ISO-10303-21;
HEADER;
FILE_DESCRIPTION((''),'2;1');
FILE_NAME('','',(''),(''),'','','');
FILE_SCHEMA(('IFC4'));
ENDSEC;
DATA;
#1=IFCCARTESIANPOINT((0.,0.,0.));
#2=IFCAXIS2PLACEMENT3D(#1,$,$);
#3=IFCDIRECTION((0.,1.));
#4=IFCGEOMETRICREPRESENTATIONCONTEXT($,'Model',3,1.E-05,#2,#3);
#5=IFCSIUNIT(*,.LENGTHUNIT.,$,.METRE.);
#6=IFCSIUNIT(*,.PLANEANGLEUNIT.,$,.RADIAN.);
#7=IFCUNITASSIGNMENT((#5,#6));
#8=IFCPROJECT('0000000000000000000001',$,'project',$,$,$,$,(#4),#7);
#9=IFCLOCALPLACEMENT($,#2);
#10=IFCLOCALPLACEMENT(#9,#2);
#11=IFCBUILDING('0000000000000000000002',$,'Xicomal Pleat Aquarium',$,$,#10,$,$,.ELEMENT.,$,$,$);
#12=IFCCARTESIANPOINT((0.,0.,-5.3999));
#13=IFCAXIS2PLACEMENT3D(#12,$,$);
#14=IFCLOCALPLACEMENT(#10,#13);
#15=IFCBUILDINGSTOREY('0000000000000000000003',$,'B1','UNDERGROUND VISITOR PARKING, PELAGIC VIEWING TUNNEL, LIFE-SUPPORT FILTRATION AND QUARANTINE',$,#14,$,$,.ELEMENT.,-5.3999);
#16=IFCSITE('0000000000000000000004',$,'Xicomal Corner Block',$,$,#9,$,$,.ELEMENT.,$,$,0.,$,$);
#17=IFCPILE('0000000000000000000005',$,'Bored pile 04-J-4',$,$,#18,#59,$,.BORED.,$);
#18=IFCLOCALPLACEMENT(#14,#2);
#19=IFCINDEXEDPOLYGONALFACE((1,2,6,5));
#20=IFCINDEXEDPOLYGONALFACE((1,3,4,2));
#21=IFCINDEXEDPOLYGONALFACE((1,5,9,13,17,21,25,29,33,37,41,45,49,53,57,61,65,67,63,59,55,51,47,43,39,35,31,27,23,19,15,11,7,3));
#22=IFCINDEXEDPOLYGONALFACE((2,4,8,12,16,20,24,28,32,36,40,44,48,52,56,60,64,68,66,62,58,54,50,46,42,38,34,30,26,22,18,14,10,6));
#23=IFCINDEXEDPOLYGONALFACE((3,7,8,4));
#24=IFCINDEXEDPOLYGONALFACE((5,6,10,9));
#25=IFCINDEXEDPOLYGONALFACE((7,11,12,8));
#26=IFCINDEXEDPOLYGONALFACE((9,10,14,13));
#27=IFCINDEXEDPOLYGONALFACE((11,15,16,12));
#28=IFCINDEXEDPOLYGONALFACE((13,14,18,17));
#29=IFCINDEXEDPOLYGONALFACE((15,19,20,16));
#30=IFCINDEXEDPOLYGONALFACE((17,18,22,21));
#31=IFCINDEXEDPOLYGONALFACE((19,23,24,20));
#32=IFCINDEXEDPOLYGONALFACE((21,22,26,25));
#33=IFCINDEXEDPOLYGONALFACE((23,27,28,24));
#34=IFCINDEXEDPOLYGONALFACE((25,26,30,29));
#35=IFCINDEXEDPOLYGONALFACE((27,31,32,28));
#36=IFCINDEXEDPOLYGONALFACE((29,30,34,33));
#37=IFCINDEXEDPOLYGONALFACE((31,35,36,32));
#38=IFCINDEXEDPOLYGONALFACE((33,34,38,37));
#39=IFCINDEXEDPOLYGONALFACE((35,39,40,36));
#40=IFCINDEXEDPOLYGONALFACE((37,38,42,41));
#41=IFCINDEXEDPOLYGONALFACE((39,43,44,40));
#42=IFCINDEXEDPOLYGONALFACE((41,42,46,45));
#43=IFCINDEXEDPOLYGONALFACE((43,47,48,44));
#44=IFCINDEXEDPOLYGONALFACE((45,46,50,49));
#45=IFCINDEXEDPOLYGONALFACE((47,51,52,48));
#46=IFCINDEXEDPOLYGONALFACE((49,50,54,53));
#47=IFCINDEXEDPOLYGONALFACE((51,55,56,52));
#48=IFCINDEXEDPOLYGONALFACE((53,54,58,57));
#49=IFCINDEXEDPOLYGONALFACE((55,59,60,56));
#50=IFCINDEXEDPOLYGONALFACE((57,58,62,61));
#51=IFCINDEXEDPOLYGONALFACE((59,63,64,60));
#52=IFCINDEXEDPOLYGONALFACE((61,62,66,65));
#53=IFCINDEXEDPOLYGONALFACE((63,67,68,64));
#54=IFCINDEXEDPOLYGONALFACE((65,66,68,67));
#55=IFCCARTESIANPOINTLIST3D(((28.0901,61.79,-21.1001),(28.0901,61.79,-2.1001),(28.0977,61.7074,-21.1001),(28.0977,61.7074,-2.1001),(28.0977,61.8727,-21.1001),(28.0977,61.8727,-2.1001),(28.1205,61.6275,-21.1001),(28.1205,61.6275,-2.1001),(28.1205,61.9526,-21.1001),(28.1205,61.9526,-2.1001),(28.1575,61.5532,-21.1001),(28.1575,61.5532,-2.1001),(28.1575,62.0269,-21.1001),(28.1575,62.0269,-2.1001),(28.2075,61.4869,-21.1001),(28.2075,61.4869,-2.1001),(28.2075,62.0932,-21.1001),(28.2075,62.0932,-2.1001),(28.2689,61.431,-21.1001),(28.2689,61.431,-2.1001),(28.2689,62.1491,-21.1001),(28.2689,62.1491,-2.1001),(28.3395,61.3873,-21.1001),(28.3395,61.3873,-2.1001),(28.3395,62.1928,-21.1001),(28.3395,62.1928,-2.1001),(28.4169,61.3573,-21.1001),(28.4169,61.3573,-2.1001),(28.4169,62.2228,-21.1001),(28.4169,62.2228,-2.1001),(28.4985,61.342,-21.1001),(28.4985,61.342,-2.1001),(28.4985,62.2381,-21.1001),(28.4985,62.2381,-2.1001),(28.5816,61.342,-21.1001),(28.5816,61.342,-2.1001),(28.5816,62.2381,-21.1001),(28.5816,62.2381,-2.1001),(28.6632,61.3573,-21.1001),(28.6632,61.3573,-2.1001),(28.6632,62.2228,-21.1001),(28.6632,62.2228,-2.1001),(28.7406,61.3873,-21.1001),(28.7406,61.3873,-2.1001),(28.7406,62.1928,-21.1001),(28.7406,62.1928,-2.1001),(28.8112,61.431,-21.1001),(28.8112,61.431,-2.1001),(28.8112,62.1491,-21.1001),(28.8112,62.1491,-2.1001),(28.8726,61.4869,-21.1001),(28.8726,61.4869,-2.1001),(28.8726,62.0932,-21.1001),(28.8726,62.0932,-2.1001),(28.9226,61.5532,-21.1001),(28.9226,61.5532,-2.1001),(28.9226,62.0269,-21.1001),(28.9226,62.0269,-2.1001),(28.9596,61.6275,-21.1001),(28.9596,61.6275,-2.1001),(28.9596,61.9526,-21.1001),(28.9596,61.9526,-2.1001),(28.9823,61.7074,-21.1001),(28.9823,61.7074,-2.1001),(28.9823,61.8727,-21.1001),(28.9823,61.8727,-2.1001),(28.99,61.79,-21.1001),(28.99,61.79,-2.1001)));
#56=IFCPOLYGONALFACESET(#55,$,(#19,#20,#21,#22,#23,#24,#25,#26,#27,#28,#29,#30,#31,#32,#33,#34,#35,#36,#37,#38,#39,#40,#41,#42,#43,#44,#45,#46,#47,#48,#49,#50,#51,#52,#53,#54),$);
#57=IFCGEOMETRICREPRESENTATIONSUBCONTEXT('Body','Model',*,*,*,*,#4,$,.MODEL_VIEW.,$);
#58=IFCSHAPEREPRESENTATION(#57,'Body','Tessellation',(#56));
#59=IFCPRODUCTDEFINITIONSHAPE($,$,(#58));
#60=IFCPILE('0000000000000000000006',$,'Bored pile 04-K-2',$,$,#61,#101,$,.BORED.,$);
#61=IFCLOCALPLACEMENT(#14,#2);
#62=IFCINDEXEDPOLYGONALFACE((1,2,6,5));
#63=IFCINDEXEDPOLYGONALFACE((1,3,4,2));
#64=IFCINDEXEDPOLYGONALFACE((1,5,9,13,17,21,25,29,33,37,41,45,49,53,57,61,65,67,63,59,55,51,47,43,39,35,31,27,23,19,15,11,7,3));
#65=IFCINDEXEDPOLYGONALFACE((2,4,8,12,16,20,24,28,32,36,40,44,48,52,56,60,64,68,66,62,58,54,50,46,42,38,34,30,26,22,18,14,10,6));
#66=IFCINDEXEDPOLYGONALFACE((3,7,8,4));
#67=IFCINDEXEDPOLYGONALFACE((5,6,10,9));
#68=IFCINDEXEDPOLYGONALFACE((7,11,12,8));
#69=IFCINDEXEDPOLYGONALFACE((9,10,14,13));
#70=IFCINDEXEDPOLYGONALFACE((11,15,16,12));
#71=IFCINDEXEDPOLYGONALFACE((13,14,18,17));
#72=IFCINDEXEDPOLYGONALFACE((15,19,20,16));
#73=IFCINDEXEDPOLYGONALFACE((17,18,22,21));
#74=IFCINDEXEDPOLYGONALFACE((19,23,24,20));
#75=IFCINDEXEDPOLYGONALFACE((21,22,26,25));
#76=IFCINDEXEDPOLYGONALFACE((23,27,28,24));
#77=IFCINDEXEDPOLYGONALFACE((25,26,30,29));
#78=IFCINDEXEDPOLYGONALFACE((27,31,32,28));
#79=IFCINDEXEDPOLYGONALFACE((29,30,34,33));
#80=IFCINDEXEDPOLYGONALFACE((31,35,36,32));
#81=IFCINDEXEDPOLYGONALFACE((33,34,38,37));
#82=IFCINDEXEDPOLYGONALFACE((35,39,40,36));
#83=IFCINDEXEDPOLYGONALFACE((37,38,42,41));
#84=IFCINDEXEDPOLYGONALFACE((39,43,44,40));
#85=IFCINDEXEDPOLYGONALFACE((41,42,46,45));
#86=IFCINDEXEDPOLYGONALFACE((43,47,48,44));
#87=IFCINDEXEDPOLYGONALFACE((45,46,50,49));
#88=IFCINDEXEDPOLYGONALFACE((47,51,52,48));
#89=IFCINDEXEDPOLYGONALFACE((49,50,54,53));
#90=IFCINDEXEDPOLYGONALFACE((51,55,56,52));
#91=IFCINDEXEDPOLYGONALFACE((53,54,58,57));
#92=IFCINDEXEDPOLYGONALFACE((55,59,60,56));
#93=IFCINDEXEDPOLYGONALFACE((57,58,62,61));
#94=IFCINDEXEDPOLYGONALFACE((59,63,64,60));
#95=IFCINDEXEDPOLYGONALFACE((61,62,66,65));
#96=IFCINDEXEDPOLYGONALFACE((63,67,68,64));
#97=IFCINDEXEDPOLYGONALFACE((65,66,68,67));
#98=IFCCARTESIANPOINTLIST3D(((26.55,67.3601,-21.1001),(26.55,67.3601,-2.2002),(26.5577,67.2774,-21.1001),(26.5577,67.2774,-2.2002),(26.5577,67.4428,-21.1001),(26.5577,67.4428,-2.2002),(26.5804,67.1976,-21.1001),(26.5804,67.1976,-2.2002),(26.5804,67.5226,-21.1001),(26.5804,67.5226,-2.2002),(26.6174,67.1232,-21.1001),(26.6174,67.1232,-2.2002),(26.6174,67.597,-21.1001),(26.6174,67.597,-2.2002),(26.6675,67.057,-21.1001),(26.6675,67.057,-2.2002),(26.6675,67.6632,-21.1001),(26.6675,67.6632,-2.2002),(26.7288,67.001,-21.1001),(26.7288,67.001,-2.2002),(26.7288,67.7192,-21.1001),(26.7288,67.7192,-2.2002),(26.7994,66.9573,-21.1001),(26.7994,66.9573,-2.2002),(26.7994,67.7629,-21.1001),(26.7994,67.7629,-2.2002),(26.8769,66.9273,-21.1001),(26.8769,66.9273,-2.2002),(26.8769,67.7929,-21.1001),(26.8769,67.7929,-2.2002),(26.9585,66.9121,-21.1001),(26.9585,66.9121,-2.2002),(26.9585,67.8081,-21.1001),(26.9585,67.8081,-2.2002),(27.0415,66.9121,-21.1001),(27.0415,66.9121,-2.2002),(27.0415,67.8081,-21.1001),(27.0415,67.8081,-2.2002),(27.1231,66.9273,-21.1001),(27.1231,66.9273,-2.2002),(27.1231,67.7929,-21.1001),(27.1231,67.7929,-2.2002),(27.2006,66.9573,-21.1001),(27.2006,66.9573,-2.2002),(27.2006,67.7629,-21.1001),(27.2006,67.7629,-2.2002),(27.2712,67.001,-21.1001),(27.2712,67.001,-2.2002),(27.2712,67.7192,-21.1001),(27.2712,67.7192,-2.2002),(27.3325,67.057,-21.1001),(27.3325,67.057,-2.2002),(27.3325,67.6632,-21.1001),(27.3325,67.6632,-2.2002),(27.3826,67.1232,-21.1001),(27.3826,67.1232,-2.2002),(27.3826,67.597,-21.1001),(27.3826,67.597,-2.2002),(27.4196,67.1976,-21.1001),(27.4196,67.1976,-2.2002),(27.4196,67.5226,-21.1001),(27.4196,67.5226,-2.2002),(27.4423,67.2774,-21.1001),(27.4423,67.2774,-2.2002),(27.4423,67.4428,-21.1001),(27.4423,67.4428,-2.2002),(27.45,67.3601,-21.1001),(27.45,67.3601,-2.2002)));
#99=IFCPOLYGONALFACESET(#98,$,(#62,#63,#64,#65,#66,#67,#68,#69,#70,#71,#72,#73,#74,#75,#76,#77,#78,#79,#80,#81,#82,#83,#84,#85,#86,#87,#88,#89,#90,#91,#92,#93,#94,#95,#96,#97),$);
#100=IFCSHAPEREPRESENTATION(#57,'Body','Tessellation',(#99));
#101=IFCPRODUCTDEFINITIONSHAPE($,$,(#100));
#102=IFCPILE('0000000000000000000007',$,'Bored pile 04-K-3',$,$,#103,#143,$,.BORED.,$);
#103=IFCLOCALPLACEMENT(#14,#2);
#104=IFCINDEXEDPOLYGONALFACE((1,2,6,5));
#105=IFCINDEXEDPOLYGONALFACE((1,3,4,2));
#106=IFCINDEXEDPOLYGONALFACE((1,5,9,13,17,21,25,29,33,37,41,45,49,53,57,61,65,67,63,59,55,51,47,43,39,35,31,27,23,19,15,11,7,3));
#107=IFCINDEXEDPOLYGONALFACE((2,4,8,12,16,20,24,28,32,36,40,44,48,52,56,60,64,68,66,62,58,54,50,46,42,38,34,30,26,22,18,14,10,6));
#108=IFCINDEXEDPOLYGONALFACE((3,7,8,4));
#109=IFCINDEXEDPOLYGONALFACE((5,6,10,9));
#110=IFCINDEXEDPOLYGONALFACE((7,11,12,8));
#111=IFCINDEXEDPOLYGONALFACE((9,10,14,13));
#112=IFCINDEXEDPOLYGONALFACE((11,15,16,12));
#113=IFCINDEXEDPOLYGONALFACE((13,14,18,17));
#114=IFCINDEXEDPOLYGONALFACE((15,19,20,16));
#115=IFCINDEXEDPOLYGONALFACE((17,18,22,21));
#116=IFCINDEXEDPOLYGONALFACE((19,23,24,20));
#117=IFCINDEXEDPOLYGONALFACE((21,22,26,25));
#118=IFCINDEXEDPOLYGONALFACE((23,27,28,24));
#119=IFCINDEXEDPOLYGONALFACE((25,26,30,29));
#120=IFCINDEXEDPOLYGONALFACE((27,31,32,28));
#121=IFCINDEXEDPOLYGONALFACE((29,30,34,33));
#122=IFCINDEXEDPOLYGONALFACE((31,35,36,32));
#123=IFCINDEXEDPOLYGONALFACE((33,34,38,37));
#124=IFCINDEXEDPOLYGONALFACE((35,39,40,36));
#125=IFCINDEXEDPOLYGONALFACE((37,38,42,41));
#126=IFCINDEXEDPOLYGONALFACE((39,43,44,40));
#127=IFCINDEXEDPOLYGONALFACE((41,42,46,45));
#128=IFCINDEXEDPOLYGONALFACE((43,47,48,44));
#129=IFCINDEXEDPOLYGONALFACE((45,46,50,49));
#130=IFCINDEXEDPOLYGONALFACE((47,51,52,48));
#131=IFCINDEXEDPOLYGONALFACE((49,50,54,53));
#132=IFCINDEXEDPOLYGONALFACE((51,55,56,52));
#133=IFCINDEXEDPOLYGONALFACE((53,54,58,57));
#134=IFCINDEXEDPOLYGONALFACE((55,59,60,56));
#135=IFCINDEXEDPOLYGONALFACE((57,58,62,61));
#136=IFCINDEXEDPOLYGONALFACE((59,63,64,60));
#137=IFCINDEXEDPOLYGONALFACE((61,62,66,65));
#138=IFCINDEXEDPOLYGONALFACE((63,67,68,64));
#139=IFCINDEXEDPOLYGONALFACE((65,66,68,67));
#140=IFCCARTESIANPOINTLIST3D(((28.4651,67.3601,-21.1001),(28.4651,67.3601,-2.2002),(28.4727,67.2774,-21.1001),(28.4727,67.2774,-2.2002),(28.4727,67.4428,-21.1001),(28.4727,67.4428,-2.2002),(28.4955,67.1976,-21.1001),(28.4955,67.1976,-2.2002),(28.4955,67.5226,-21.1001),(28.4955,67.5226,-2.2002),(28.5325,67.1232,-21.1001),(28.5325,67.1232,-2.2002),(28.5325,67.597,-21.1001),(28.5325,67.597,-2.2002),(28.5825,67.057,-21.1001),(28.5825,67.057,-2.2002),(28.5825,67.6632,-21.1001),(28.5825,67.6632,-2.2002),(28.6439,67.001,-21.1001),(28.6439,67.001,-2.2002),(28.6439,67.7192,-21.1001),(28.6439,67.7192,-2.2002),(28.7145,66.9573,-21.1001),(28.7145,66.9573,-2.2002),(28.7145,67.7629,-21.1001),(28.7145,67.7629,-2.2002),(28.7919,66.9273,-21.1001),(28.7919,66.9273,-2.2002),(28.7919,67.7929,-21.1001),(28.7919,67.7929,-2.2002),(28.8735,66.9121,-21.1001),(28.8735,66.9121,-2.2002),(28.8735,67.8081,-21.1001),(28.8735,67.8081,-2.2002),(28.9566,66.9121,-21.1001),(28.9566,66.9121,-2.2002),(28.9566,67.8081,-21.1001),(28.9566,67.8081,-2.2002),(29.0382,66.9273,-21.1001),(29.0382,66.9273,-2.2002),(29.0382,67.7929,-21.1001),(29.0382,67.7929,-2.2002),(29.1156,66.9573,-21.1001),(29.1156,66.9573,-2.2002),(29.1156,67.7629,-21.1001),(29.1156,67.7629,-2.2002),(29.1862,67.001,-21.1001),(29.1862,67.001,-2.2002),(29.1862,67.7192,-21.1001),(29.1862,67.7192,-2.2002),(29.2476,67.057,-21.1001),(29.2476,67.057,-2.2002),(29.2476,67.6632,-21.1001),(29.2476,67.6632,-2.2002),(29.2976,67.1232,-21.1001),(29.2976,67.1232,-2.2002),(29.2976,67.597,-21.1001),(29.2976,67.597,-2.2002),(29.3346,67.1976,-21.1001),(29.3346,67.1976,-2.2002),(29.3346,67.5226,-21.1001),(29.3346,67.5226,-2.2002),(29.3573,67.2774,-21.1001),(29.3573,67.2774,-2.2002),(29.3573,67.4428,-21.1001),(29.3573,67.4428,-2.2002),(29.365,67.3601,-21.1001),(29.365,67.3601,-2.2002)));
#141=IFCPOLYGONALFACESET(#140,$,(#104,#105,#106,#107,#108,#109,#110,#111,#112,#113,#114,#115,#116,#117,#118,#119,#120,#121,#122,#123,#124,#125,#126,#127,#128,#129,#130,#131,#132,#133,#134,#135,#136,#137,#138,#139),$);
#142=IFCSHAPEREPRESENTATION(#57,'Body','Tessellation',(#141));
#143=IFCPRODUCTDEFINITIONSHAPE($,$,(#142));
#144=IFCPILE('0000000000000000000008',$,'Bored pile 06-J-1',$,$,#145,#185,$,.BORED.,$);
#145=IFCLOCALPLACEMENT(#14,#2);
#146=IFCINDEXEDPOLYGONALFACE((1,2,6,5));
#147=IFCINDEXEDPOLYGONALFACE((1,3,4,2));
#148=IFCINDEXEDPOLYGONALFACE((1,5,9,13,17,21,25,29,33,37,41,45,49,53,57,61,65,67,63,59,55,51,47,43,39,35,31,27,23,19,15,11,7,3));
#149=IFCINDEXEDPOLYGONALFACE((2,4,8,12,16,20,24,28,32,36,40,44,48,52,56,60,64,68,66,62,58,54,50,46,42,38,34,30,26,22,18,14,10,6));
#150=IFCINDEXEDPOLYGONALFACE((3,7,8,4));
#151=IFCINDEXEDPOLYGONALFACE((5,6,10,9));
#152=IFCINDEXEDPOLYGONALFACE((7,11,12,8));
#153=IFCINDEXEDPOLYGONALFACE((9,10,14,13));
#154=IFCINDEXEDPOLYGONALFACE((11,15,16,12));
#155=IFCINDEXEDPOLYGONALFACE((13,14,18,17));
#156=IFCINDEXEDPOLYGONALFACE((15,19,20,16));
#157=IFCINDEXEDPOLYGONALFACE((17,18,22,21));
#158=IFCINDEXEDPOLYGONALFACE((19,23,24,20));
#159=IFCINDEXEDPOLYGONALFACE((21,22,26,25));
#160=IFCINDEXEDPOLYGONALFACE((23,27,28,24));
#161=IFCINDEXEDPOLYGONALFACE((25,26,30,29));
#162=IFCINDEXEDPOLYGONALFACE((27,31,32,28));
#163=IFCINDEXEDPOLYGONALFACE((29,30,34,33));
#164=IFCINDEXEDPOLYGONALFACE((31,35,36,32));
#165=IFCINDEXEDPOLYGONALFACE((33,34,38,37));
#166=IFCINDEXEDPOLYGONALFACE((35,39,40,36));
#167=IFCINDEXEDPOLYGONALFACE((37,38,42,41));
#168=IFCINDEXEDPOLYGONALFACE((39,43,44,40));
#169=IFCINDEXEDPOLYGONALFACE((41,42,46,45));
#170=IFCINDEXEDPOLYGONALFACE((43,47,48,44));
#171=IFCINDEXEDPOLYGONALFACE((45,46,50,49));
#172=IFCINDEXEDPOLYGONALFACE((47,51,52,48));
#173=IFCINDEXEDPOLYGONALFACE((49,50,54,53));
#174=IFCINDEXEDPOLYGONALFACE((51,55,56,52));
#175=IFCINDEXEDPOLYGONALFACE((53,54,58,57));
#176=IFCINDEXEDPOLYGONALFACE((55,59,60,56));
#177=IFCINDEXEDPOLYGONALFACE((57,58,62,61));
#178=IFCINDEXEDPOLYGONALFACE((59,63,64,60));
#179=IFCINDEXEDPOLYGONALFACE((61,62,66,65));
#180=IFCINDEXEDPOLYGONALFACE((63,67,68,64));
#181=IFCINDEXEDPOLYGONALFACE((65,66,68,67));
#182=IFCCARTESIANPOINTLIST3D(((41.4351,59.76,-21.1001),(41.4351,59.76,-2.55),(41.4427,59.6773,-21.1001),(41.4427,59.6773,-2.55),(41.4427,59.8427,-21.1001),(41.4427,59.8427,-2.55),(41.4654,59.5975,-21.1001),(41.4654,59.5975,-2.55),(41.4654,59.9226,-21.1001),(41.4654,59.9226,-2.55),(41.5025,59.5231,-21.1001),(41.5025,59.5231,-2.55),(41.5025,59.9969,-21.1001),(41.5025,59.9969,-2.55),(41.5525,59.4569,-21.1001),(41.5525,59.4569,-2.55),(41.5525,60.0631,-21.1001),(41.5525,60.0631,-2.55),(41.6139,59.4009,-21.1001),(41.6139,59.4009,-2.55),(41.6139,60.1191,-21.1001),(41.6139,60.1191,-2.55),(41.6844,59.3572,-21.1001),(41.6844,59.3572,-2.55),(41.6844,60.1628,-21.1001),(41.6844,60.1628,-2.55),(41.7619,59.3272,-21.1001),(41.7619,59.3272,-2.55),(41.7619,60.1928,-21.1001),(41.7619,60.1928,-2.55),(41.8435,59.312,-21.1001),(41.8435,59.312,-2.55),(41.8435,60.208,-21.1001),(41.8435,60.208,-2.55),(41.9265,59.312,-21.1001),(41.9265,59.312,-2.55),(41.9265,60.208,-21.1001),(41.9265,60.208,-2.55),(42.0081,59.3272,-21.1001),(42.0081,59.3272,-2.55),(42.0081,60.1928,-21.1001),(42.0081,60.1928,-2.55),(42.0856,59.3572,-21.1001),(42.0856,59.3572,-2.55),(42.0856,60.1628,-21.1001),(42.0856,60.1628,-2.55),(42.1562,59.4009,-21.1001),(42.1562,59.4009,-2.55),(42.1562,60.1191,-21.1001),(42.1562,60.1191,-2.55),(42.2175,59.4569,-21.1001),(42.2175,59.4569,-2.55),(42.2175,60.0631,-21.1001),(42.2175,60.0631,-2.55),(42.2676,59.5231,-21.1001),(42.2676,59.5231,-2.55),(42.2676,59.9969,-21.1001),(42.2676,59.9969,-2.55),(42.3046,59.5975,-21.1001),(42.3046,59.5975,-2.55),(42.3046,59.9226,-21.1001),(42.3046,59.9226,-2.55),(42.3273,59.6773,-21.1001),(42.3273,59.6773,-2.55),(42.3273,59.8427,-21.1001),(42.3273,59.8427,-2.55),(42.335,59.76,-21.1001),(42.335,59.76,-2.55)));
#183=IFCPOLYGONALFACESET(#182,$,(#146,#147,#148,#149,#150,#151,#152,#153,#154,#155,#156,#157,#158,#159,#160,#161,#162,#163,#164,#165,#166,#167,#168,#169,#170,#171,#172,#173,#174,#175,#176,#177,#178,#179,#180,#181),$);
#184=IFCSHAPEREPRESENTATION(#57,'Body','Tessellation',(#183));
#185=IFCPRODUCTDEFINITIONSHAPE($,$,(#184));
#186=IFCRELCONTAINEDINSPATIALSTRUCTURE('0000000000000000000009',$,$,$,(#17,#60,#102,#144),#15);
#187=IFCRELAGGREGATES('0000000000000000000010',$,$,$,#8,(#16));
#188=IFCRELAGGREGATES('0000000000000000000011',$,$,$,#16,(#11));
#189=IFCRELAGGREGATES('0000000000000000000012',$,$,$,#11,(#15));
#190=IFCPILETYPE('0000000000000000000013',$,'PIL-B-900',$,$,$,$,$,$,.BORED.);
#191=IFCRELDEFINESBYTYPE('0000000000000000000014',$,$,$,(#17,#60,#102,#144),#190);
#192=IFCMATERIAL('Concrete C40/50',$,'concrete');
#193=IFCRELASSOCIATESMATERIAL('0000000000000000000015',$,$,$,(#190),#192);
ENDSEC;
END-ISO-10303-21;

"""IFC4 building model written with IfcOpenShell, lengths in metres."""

from ifc_helpers import new_model, si_unit, direction, frame, origin, origin_2d, place, context, subcontext, project, spatial, circle, extrude, material, material_profile, profile_set, type_object, element, save


model = new_model("IFC4")

# Units and contexts
model_context = context("Model", 3, precision=1e-05, world=origin(), true_north=direction((0.0, 1.0)))
body_context = subcontext(model_context, "Body", "Model", "MODEL_VIEW")
ifc_project = project(units=[si_unit("LENGTHUNIT", "METRE"), si_unit("PLANEANGLEUNIT", "RADIAN")], contexts=[model_context])

# Site, building, storey
site_placement = place(None, origin())
site = spatial("IfcSite", under=ifc_project, at=site_placement, Name="Xicomal Corner Block", CompositionType="ELEMENT", RefElevation=0.0)
building_placement = place(site_placement, origin())
building = spatial("IfcBuilding", under=site, at=building_placement, Name="Xicomal Pleat Aquarium", CompositionType="ELEMENT")
storey_placement = place(building_placement, frame((0.0, 0.0, -5.3999)))
storey = spatial("IfcBuildingStorey", under=building, at=storey_placement, Name="B1", Description="UNDERGROUND VISITOR PARKING, PELAGIC VIEWING TUNNEL, LIFE-SUPPORT FILTRATION AND QUARANTINE", CompositionType="ELEMENT", Elevation=-5.3999)

# Piles
ifc_material_1 = material(Name="Concrete C40/50", Category="concrete")
ifc_material_profile_1 = material_profile(ifc_material_1, circle(Radius=0.45, at=origin_2d()), Name="BORED PILE D900")
ifc_profile_set_1 = profile_set([ifc_material_profile_1], Name="Concrete C40/50")
pile_type_1 = type_object("IfcPileType", Name="PIL-B-900", PredefinedType="BORED", material=ifc_profile_set_1)
for number, where, z_axis, x_axis, name in (
    (1, (28.54, 61.79, -2.1001), (0.0, 0.0, -1.0), (1.0, 0.0, 0.0), "Bored pile 04-J-4"),
):
    element("IfcPile", number, at=place(storey_placement, frame(where, z_axis=z_axis, x_axis=x_axis)), inside=storey, type_object=pile_type_1, Name=name, PredefinedType="BORED", context=body_context, shape_type="SweptSolid", body=[
        extrude(circle(Radius=0.45, at=origin_2d()), origin(), (0.0, 0.0, 1.0), 19.0),
    ])
for number, where, z_axis, x_axis, name in (
    (2, (27.0, 67.3601, -2.2002), (0.0, 0.0, -1.0), (1.0, 0.0, 0.0), "Bored pile 04-K-2"),
    (3, (28.915, 67.3601, -2.2002), (0.0, 0.0, -1.0), (1.0, 0.0, 0.0), "Bored pile 04-K-3"),
):
    element("IfcPile", number, at=place(storey_placement, frame(where, z_axis=z_axis, x_axis=x_axis)), inside=storey, type_object=pile_type_1, Name=name, PredefinedType="BORED", context=body_context, shape_type="SweptSolid", body=[
        extrude(circle(Radius=0.45, at=origin_2d()), origin(), (0.0, 0.0, 1.0), 18.8999),
    ])
for number, where, z_axis, x_axis, name in (
    (4, (41.885, 59.76, -2.55), (0.0, 0.0, -1.0), (1.0, 0.0, 0.0), "Bored pile 06-J-1"),
):
    element("IfcPile", number, at=place(storey_placement, frame(where, z_axis=z_axis, x_axis=x_axis)), inside=storey, type_object=pile_type_1, Name=name, PredefinedType="BORED", context=body_context, shape_type="SweptSolid", body=[
        extrude(circle(Radius=0.45, at=origin_2d()), origin(), (0.0, 0.0, 1.0), 18.55),
    ])

save(model, "model.ifc")
